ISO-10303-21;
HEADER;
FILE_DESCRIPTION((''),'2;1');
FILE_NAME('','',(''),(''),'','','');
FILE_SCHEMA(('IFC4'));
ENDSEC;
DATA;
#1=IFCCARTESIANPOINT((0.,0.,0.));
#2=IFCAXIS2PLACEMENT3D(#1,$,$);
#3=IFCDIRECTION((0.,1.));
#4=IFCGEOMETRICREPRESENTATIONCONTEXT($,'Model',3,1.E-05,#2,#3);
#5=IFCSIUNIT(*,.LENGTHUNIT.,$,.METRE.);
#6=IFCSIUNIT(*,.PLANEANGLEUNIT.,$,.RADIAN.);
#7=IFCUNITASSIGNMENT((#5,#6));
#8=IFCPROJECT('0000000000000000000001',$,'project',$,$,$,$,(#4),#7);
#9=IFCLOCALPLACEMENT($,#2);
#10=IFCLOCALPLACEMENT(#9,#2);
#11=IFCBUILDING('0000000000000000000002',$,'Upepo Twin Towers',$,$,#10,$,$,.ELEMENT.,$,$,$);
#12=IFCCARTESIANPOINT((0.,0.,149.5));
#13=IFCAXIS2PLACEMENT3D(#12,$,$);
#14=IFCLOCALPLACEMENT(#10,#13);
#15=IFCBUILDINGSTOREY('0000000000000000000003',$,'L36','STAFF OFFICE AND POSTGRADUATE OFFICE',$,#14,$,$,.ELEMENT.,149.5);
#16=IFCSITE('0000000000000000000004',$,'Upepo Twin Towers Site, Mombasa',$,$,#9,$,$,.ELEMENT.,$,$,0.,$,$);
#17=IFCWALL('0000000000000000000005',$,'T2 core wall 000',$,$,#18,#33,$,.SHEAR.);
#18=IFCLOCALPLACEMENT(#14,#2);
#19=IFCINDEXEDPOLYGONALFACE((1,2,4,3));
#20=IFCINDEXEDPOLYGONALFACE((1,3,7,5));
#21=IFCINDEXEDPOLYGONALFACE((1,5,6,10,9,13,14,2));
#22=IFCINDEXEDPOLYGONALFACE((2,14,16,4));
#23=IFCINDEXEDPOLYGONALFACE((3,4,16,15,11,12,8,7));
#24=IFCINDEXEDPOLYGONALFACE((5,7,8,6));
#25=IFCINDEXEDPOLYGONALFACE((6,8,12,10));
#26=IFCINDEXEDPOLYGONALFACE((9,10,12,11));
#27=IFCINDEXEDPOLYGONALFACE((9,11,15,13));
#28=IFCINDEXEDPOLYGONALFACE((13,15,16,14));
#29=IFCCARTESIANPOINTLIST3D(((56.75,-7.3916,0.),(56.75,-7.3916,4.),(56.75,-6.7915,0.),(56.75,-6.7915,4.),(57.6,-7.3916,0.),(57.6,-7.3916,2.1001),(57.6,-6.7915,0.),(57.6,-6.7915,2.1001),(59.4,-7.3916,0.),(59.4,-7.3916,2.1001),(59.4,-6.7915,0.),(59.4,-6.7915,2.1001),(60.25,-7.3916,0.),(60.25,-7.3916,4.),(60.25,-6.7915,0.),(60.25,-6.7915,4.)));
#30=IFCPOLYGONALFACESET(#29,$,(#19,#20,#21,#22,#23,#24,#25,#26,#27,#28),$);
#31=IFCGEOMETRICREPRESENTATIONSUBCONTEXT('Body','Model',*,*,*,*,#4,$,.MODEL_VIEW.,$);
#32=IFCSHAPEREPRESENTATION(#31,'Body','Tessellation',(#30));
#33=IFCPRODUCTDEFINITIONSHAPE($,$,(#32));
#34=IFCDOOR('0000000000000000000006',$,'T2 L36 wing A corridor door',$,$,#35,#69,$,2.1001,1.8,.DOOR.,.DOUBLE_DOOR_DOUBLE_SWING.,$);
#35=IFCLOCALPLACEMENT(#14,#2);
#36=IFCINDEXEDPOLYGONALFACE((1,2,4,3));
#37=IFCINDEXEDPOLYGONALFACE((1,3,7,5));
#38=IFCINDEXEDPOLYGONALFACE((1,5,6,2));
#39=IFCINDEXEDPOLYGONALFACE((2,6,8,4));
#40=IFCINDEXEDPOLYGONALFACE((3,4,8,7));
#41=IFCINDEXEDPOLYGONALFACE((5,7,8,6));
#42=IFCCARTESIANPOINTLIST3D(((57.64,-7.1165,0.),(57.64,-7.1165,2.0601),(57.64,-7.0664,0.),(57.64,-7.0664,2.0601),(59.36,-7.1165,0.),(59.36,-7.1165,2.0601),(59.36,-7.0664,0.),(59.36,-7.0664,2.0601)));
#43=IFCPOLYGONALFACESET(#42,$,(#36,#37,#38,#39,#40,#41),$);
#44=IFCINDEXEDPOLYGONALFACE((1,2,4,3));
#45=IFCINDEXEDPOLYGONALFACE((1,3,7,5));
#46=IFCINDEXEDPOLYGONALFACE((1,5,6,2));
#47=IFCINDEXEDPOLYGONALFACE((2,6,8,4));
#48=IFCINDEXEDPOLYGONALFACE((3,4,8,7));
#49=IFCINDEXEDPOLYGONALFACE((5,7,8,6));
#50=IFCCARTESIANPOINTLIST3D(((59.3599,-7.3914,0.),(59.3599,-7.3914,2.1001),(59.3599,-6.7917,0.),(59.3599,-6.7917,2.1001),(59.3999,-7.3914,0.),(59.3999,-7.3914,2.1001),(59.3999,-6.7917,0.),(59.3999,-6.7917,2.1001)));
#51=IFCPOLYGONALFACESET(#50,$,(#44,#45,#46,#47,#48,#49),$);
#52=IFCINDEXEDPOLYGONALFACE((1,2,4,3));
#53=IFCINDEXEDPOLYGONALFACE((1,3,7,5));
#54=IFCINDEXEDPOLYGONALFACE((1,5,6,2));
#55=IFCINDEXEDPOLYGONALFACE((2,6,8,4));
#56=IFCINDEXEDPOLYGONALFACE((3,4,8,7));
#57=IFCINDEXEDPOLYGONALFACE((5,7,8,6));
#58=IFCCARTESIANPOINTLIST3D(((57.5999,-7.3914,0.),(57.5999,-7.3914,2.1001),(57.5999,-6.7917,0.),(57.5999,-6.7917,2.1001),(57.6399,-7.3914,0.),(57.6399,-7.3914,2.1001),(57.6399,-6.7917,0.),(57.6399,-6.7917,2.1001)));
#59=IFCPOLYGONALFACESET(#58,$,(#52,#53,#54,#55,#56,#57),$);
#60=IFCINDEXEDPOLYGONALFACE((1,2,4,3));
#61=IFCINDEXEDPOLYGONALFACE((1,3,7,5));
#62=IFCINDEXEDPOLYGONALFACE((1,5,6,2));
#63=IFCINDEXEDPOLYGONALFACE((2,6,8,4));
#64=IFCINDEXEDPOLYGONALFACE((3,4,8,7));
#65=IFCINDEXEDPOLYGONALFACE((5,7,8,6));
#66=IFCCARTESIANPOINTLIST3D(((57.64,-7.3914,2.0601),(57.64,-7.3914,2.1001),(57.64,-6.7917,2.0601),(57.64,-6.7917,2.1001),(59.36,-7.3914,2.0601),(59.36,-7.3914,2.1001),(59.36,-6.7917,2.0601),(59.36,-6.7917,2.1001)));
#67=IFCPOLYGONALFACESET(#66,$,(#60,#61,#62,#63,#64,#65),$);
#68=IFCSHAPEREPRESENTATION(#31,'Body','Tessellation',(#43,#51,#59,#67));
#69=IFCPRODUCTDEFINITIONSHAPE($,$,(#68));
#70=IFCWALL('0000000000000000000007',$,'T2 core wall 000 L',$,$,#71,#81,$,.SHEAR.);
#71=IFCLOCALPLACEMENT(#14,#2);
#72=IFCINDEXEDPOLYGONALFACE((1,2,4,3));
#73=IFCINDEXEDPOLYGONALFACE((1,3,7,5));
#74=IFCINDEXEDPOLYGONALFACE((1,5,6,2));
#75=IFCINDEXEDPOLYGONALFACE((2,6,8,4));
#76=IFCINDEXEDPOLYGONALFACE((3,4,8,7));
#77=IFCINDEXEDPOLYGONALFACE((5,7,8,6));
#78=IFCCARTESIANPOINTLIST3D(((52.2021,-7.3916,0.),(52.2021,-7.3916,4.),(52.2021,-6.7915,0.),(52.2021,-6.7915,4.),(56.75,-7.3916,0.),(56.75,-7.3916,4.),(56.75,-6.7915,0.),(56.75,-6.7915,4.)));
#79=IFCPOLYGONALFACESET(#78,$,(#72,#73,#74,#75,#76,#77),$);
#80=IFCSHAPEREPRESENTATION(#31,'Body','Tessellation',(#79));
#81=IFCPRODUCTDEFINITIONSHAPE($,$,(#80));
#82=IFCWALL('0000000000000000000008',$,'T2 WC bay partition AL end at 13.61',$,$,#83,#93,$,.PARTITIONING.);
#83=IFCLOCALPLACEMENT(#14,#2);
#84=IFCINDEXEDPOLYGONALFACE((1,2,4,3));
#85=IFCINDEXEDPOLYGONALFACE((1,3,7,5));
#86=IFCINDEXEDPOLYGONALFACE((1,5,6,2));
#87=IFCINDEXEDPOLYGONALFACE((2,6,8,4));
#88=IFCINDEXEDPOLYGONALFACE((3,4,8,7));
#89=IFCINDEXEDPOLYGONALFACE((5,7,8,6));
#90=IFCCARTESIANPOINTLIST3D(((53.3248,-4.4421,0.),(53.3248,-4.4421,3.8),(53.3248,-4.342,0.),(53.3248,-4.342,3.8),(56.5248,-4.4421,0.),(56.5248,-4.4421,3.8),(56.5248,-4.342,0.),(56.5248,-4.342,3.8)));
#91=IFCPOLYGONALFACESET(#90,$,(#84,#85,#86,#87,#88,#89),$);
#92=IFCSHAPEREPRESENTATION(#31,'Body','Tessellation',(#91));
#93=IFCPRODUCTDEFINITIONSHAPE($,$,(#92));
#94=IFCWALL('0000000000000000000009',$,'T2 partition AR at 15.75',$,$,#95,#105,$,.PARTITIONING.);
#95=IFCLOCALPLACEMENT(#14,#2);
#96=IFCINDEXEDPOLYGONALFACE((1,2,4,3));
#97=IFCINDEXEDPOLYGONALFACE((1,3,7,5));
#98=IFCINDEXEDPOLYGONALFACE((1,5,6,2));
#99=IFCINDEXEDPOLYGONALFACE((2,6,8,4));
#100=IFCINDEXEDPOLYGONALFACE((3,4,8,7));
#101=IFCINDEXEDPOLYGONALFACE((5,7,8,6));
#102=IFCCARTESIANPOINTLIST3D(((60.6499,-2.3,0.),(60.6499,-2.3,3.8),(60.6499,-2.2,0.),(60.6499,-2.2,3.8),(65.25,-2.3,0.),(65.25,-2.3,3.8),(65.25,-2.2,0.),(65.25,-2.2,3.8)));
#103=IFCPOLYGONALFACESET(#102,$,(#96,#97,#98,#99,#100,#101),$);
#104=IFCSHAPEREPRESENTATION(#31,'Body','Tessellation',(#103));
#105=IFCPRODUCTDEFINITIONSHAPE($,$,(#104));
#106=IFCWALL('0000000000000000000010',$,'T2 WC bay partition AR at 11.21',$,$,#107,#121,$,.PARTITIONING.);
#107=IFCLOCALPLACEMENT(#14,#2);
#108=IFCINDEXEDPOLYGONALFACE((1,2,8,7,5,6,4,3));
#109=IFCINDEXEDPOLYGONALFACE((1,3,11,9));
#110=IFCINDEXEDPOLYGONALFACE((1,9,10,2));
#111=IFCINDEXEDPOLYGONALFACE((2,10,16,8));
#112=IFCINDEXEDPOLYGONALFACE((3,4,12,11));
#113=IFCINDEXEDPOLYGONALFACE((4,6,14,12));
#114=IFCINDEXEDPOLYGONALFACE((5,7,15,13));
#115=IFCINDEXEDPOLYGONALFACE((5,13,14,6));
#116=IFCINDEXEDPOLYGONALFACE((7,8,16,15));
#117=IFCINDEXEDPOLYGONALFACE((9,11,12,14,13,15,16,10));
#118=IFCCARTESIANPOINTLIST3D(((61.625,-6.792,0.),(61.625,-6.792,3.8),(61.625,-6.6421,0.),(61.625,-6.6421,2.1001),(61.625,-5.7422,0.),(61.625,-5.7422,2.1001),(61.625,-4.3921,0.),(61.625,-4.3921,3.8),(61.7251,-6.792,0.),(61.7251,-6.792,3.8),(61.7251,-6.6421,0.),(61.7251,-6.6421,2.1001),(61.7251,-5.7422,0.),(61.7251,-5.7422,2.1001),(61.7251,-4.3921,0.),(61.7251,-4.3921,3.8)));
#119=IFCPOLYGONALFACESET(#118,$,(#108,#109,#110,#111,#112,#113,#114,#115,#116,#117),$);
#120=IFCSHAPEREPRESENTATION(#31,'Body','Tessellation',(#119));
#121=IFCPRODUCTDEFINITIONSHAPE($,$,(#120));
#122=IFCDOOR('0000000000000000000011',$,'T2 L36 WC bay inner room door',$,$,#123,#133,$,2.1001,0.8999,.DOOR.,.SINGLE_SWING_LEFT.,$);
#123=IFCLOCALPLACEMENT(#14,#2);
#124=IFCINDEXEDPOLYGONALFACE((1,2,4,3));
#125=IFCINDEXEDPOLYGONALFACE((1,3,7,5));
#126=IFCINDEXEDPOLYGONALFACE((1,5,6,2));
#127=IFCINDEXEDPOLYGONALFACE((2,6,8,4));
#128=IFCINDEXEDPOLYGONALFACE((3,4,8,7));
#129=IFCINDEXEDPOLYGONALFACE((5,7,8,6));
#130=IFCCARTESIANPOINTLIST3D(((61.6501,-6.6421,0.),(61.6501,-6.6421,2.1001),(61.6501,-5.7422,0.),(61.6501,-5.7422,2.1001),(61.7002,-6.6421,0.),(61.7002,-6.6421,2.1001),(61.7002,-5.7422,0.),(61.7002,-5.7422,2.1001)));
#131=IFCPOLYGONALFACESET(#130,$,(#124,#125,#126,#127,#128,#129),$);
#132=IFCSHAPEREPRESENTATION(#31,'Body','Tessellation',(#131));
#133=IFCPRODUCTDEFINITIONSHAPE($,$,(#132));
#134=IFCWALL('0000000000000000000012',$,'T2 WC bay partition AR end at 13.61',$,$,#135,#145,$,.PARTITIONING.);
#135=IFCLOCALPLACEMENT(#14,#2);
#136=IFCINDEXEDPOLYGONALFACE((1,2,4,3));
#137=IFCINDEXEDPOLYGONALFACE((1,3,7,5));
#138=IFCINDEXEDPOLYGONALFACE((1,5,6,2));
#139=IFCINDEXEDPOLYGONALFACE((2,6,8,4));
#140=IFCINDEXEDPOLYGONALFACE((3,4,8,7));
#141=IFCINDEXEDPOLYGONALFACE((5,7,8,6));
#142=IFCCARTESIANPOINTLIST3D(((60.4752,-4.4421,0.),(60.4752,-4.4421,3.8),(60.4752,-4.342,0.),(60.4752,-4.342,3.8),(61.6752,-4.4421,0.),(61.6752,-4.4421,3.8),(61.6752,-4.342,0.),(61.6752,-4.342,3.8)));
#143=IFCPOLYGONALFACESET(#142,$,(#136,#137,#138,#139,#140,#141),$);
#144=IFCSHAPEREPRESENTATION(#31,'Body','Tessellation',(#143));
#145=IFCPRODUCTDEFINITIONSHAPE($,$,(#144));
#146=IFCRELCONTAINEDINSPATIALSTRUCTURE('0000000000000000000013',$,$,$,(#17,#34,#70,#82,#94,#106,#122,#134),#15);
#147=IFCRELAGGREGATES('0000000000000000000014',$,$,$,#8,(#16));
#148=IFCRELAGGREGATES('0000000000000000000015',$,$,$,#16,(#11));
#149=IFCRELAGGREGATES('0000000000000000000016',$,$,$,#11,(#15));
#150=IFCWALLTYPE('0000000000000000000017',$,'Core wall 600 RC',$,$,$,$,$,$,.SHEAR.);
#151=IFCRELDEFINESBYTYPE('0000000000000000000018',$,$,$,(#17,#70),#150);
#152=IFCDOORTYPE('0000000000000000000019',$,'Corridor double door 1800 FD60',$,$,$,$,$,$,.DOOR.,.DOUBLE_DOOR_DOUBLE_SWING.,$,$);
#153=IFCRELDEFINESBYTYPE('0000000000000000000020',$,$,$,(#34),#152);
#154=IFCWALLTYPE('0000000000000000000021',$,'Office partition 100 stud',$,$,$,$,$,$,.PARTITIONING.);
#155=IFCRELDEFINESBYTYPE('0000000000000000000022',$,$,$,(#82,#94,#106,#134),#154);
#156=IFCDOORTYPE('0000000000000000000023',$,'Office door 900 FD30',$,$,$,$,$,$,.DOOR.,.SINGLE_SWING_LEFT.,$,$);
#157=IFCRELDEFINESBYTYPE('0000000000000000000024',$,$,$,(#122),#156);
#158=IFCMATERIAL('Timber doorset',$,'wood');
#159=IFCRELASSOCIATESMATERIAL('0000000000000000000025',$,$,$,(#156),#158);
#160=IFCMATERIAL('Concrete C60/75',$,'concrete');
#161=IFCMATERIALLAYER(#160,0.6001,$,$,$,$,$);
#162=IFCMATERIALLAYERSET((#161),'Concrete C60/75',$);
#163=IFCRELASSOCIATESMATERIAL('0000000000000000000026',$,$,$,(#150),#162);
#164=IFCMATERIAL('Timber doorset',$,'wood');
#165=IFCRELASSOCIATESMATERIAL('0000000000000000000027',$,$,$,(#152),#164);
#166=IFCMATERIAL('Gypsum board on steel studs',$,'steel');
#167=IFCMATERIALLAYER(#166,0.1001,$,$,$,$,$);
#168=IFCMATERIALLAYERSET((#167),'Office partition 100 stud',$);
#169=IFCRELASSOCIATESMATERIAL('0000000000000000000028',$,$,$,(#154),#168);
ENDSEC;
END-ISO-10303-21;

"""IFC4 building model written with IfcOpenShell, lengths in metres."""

from ifc_helpers import new_model, si_unit, direction, frame, frame_2d, origin, place, context, subcontext, project, spatial, rectangle, extrude, material, layer, layer_set, type_object, element, fill, save


model = new_model("IFC4")

# Units and contexts
model_context = context("Model", 3, precision=1e-05, world=origin(), true_north=direction((0.0, 1.0)))
body_context = subcontext(model_context, "Body", "Model", "MODEL_VIEW")
ifc_project = project(units=[si_unit("LENGTHUNIT", "METRE"), si_unit("PLANEANGLEUNIT", "RADIAN")], contexts=[model_context])

# Site, building, storey
site_placement = place(None, origin())
site = spatial("IfcSite", under=ifc_project, at=site_placement, Name="Upepo Twin Towers Site, Mombasa", CompositionType="ELEMENT", RefElevation=0.0)
building_placement = place(site_placement, origin())
building = spatial("IfcBuilding", under=site, at=building_placement, Name="Upepo Twin Towers", CompositionType="ELEMENT")
storey_placement = place(building_placement, frame((0.0, 0.0, 149.5)))
storey = spatial("IfcBuildingStorey", under=building, at=storey_placement, Name="L36", Description="STAFF OFFICE AND POSTGRADUATE OFFICE", CompositionType="ELEMENT", Elevation=149.5)

# Shared definitions
ifc_material_1 = material(Name="Timber doorset", Category="wood")
door_type_1 = type_object("IfcDoorType", Name="Office door 900 FD30", OperationType="SINGLE_SWING_LEFT", PredefinedType="DOOR", material=ifc_material_1)

# Shared definitions
ifc_material_2 = material(Name="Concrete C60/75", Category="concrete")
ifc_layer_1 = layer(ifc_material_2, 0.6001)
ifc_layer_set_1 = layer_set([ifc_layer_1], Name="Concrete C60/75")
wall_type_1 = type_object("IfcWallType", Name="Core wall 600 RC", PredefinedType="SHEAR", material=ifc_layer_set_1)

# Wall, opening, door
wall_1_placement = place(storey_placement, frame((60.25, -7.0916, 0.0), z_axis=(0.0, 0.0, 1.0), x_axis=(-1.0, 0.0, 0.0)))
wall_1 = element("IfcWall", 1, at=wall_1_placement, inside=storey, type_object=wall_type_1, Name="T2 core wall 000", PredefinedType="SHEAR", context=body_context, shape_type="SweptSolid", body=[
    extrude(rectangle(XDim=3.5, YDim=0.6001, at=frame_2d((1.75, 0.0))), origin(), (0.0, 0.0, 1.0), 4.0),
])
opening_1_placement = place(wall_1_placement, frame((0.8501, 0.0, 0.0)))
opening_1 = element("IfcOpeningElement", 2, at=opening_1_placement, cuts=wall_1, PredefinedType="OPENING", context=body_context, shape_type="SweptSolid", body=[
    extrude(rectangle(XDim=1.8, YDim=2.1001, at=frame_2d((0.8999, 1.05))), frame((0.0, 0.3101, 0.0), z_axis=(0.0, -1.0, 0.0), x_axis=(1.0, 0.0, 0.0)), (0.0, 0.0, 1.0), 0.6201),
])
ifc_material_3 = material(Name="Timber doorset", Category="wood")
door_type_2 = type_object("IfcDoorType", Name="Corridor double door 1800 FD60", OperationType="DOUBLE_DOOR_DOUBLE_SWING", PredefinedType="DOOR", material=ifc_material_3)
door_1_placement = place(opening_1_placement, origin())
door_1 = element("IfcDoor", 3, at=door_1_placement, inside=storey, type_object=door_type_2, Name="T2 L36 wing A corridor door", OperationType="DOUBLE_DOOR_DOUBLE_SWING", OverallHeight=2.1001, OverallWidth=1.8, PredefinedType="DOOR", context=body_context, shape_type="SweptSolid", body=[
    extrude(rectangle(XDim=1.72, YDim=2.0601, at=frame_2d((0.8999, 1.03))), frame((0.0, 0.0249, 0.0), z_axis=(0.0, -1.0, 0.0), x_axis=(1.0, 0.0, 0.0)), (0.0, 0.0, 1.0), 0.05),
    extrude(rectangle(XDim=0.04, YDim=2.1001, at=frame_2d((0.02, 1.05))), frame((0.0, 0.2998, 0.0), z_axis=(0.0, -1.0, 0.0), x_axis=(1.0, 0.0, 0.0)), (0.0, 0.0, 1.0), 0.5996),
    extrude(rectangle(XDim=0.04, YDim=2.1001, at=frame_2d((1.78, 1.05))), frame((0.0, 0.2998, 0.0), z_axis=(0.0, -1.0, 0.0), x_axis=(1.0, 0.0, 0.0)), (0.0, 0.0, 1.0), 0.5996),
    extrude(rectangle(XDim=1.72, YDim=0.04, at=frame_2d((0.8999, 2.0801))), frame((0.0, 0.2998, 0.0), z_axis=(0.0, -1.0, 0.0), x_axis=(1.0, 0.0, 0.0)), (0.0, 0.0, 1.0), 0.5996),
])
fill(opening_1, door_1)

# Walls
wall_2_placement = place(storey_placement, frame((56.75, -7.0916, 0.0), z_axis=(0.0, 0.0, 1.0), x_axis=(-1.0, 0.0, 0.0)))
element("IfcWall", 4, at=wall_2_placement, inside=storey, type_object=wall_type_1, Name="T2 core wall 000 L", PredefinedType="SHEAR", context=body_context, shape_type="SweptSolid", body=[
    extrude(rectangle(XDim=4.5479, YDim=0.6001, at=frame_2d((2.2739, 0.0))), origin(), (0.0, 0.0, 1.0), 4.0),
])
ifc_material_4 = material(Name="Gypsum board on steel studs", Category="steel")
ifc_layer_2 = layer(ifc_material_4, 0.1001)
ifc_layer_set_2 = layer_set([ifc_layer_2], Name="Office partition 100 stud")
wall_type_2 = type_object("IfcWallType", Name="Office partition 100 stud", PredefinedType="PARTITIONING", material=ifc_layer_set_2)
wall_3_placement = place(storey_placement, frame((56.5249, -4.3921, 0.0), z_axis=(0.0, 0.0, 1.0), x_axis=(-1.0, 0.0, 0.0)))
element("IfcWall", 5, at=wall_3_placement, inside=storey, type_object=wall_type_2, Name="T2 WC bay partition AL end at 13.61", PredefinedType="PARTITIONING", context=body_context, shape_type="SweptSolid", body=[
    extrude(rectangle(XDim=3.2, YDim=0.1001, at=frame_2d((1.6001, 0.0))), origin(), (0.0, 0.0, 1.0), 3.8),
])
wall_4_placement = place(storey_placement, frame((60.6499, -2.25, 0.0), z_axis=(0.0, 0.0, 1.0), x_axis=(1.0, 0.0, 0.0)))
element("IfcWall", 6, at=wall_4_placement, inside=storey, type_object=wall_type_2, Name="T2 partition AR at 15.75", PredefinedType="PARTITIONING", context=body_context, shape_type="SweptSolid", body=[
    extrude(rectangle(XDim=4.6001, YDim=0.1001, at=frame_2d((2.3, 0.0))), origin(), (0.0, 0.0, 1.0), 3.8),
])

# Wall, opening, door
wall_5_placement = place(storey_placement, frame((61.675, -6.792, 0.0), z_axis=(0.0, 0.0, 1.0), x_axis=(0.0, 1.0, 0.0)))
wall_5 = element("IfcWall", 7, at=wall_5_placement, inside=storey, type_object=wall_type_2, Name="T2 WC bay partition AR at 11.21", PredefinedType="PARTITIONING", context=body_context, shape_type="SweptSolid", body=[
    extrude(rectangle(XDim=2.3999, YDim=0.1001, at=frame_2d((1.2, 0.0))), origin(), (0.0, 0.0, 1.0), 3.8),
])
opening_2_placement = place(wall_5_placement, frame((0.1499, 0.0, 0.0)))
opening_2 = element("IfcOpeningElement", 8, at=opening_2_placement, cuts=wall_5, PredefinedType="OPENING", context=body_context, shape_type="SweptSolid", body=[
    extrude(rectangle(XDim=0.8999, YDim=2.1001, at=frame_2d((0.45, 1.05))), frame((0.0, 0.0601, 0.0), z_axis=(0.0, -1.0, 0.0), x_axis=(1.0, 0.0, 0.0)), (0.0, 0.0, 1.0), 0.1201),
])
door_2_placement = place(opening_2_placement, origin())
door_2 = element("IfcDoor", 9, at=door_2_placement, inside=storey, type_object=door_type_1, Name="T2 L36 WC bay inner room door", OperationType="SINGLE_SWING_LEFT", OverallHeight=2.1001, OverallWidth=0.8999, PredefinedType="DOOR", context=body_context, shape_type="SweptSolid", body=[
    extrude(rectangle(XDim=0.8999, YDim=2.1001, at=frame_2d((0.45, 1.05))), frame((0.0, 0.0249, 0.0), z_axis=(0.0, -1.0, 0.0), x_axis=(1.0, 0.0, 0.0)), (0.0, 0.0, 1.0), 0.05),
])
fill(opening_2, door_2)

# Wall
wall_6_placement = place(storey_placement, frame((60.4751, -4.3921, 0.0), z_axis=(0.0, 0.0, 1.0), x_axis=(1.0, 0.0, 0.0)))
element("IfcWall", 10, at=wall_6_placement, inside=storey, type_object=wall_type_2, Name="T2 WC bay partition AR end at 13.61", PredefinedType="PARTITIONING", context=body_context, shape_type="SweptSolid", body=[
    extrude(rectangle(XDim=1.2, YDim=0.1001, at=frame_2d((0.6001, 0.0))), origin(), (0.0, 0.0, 1.0), 3.8),
])

save(model, "model.ifc")
